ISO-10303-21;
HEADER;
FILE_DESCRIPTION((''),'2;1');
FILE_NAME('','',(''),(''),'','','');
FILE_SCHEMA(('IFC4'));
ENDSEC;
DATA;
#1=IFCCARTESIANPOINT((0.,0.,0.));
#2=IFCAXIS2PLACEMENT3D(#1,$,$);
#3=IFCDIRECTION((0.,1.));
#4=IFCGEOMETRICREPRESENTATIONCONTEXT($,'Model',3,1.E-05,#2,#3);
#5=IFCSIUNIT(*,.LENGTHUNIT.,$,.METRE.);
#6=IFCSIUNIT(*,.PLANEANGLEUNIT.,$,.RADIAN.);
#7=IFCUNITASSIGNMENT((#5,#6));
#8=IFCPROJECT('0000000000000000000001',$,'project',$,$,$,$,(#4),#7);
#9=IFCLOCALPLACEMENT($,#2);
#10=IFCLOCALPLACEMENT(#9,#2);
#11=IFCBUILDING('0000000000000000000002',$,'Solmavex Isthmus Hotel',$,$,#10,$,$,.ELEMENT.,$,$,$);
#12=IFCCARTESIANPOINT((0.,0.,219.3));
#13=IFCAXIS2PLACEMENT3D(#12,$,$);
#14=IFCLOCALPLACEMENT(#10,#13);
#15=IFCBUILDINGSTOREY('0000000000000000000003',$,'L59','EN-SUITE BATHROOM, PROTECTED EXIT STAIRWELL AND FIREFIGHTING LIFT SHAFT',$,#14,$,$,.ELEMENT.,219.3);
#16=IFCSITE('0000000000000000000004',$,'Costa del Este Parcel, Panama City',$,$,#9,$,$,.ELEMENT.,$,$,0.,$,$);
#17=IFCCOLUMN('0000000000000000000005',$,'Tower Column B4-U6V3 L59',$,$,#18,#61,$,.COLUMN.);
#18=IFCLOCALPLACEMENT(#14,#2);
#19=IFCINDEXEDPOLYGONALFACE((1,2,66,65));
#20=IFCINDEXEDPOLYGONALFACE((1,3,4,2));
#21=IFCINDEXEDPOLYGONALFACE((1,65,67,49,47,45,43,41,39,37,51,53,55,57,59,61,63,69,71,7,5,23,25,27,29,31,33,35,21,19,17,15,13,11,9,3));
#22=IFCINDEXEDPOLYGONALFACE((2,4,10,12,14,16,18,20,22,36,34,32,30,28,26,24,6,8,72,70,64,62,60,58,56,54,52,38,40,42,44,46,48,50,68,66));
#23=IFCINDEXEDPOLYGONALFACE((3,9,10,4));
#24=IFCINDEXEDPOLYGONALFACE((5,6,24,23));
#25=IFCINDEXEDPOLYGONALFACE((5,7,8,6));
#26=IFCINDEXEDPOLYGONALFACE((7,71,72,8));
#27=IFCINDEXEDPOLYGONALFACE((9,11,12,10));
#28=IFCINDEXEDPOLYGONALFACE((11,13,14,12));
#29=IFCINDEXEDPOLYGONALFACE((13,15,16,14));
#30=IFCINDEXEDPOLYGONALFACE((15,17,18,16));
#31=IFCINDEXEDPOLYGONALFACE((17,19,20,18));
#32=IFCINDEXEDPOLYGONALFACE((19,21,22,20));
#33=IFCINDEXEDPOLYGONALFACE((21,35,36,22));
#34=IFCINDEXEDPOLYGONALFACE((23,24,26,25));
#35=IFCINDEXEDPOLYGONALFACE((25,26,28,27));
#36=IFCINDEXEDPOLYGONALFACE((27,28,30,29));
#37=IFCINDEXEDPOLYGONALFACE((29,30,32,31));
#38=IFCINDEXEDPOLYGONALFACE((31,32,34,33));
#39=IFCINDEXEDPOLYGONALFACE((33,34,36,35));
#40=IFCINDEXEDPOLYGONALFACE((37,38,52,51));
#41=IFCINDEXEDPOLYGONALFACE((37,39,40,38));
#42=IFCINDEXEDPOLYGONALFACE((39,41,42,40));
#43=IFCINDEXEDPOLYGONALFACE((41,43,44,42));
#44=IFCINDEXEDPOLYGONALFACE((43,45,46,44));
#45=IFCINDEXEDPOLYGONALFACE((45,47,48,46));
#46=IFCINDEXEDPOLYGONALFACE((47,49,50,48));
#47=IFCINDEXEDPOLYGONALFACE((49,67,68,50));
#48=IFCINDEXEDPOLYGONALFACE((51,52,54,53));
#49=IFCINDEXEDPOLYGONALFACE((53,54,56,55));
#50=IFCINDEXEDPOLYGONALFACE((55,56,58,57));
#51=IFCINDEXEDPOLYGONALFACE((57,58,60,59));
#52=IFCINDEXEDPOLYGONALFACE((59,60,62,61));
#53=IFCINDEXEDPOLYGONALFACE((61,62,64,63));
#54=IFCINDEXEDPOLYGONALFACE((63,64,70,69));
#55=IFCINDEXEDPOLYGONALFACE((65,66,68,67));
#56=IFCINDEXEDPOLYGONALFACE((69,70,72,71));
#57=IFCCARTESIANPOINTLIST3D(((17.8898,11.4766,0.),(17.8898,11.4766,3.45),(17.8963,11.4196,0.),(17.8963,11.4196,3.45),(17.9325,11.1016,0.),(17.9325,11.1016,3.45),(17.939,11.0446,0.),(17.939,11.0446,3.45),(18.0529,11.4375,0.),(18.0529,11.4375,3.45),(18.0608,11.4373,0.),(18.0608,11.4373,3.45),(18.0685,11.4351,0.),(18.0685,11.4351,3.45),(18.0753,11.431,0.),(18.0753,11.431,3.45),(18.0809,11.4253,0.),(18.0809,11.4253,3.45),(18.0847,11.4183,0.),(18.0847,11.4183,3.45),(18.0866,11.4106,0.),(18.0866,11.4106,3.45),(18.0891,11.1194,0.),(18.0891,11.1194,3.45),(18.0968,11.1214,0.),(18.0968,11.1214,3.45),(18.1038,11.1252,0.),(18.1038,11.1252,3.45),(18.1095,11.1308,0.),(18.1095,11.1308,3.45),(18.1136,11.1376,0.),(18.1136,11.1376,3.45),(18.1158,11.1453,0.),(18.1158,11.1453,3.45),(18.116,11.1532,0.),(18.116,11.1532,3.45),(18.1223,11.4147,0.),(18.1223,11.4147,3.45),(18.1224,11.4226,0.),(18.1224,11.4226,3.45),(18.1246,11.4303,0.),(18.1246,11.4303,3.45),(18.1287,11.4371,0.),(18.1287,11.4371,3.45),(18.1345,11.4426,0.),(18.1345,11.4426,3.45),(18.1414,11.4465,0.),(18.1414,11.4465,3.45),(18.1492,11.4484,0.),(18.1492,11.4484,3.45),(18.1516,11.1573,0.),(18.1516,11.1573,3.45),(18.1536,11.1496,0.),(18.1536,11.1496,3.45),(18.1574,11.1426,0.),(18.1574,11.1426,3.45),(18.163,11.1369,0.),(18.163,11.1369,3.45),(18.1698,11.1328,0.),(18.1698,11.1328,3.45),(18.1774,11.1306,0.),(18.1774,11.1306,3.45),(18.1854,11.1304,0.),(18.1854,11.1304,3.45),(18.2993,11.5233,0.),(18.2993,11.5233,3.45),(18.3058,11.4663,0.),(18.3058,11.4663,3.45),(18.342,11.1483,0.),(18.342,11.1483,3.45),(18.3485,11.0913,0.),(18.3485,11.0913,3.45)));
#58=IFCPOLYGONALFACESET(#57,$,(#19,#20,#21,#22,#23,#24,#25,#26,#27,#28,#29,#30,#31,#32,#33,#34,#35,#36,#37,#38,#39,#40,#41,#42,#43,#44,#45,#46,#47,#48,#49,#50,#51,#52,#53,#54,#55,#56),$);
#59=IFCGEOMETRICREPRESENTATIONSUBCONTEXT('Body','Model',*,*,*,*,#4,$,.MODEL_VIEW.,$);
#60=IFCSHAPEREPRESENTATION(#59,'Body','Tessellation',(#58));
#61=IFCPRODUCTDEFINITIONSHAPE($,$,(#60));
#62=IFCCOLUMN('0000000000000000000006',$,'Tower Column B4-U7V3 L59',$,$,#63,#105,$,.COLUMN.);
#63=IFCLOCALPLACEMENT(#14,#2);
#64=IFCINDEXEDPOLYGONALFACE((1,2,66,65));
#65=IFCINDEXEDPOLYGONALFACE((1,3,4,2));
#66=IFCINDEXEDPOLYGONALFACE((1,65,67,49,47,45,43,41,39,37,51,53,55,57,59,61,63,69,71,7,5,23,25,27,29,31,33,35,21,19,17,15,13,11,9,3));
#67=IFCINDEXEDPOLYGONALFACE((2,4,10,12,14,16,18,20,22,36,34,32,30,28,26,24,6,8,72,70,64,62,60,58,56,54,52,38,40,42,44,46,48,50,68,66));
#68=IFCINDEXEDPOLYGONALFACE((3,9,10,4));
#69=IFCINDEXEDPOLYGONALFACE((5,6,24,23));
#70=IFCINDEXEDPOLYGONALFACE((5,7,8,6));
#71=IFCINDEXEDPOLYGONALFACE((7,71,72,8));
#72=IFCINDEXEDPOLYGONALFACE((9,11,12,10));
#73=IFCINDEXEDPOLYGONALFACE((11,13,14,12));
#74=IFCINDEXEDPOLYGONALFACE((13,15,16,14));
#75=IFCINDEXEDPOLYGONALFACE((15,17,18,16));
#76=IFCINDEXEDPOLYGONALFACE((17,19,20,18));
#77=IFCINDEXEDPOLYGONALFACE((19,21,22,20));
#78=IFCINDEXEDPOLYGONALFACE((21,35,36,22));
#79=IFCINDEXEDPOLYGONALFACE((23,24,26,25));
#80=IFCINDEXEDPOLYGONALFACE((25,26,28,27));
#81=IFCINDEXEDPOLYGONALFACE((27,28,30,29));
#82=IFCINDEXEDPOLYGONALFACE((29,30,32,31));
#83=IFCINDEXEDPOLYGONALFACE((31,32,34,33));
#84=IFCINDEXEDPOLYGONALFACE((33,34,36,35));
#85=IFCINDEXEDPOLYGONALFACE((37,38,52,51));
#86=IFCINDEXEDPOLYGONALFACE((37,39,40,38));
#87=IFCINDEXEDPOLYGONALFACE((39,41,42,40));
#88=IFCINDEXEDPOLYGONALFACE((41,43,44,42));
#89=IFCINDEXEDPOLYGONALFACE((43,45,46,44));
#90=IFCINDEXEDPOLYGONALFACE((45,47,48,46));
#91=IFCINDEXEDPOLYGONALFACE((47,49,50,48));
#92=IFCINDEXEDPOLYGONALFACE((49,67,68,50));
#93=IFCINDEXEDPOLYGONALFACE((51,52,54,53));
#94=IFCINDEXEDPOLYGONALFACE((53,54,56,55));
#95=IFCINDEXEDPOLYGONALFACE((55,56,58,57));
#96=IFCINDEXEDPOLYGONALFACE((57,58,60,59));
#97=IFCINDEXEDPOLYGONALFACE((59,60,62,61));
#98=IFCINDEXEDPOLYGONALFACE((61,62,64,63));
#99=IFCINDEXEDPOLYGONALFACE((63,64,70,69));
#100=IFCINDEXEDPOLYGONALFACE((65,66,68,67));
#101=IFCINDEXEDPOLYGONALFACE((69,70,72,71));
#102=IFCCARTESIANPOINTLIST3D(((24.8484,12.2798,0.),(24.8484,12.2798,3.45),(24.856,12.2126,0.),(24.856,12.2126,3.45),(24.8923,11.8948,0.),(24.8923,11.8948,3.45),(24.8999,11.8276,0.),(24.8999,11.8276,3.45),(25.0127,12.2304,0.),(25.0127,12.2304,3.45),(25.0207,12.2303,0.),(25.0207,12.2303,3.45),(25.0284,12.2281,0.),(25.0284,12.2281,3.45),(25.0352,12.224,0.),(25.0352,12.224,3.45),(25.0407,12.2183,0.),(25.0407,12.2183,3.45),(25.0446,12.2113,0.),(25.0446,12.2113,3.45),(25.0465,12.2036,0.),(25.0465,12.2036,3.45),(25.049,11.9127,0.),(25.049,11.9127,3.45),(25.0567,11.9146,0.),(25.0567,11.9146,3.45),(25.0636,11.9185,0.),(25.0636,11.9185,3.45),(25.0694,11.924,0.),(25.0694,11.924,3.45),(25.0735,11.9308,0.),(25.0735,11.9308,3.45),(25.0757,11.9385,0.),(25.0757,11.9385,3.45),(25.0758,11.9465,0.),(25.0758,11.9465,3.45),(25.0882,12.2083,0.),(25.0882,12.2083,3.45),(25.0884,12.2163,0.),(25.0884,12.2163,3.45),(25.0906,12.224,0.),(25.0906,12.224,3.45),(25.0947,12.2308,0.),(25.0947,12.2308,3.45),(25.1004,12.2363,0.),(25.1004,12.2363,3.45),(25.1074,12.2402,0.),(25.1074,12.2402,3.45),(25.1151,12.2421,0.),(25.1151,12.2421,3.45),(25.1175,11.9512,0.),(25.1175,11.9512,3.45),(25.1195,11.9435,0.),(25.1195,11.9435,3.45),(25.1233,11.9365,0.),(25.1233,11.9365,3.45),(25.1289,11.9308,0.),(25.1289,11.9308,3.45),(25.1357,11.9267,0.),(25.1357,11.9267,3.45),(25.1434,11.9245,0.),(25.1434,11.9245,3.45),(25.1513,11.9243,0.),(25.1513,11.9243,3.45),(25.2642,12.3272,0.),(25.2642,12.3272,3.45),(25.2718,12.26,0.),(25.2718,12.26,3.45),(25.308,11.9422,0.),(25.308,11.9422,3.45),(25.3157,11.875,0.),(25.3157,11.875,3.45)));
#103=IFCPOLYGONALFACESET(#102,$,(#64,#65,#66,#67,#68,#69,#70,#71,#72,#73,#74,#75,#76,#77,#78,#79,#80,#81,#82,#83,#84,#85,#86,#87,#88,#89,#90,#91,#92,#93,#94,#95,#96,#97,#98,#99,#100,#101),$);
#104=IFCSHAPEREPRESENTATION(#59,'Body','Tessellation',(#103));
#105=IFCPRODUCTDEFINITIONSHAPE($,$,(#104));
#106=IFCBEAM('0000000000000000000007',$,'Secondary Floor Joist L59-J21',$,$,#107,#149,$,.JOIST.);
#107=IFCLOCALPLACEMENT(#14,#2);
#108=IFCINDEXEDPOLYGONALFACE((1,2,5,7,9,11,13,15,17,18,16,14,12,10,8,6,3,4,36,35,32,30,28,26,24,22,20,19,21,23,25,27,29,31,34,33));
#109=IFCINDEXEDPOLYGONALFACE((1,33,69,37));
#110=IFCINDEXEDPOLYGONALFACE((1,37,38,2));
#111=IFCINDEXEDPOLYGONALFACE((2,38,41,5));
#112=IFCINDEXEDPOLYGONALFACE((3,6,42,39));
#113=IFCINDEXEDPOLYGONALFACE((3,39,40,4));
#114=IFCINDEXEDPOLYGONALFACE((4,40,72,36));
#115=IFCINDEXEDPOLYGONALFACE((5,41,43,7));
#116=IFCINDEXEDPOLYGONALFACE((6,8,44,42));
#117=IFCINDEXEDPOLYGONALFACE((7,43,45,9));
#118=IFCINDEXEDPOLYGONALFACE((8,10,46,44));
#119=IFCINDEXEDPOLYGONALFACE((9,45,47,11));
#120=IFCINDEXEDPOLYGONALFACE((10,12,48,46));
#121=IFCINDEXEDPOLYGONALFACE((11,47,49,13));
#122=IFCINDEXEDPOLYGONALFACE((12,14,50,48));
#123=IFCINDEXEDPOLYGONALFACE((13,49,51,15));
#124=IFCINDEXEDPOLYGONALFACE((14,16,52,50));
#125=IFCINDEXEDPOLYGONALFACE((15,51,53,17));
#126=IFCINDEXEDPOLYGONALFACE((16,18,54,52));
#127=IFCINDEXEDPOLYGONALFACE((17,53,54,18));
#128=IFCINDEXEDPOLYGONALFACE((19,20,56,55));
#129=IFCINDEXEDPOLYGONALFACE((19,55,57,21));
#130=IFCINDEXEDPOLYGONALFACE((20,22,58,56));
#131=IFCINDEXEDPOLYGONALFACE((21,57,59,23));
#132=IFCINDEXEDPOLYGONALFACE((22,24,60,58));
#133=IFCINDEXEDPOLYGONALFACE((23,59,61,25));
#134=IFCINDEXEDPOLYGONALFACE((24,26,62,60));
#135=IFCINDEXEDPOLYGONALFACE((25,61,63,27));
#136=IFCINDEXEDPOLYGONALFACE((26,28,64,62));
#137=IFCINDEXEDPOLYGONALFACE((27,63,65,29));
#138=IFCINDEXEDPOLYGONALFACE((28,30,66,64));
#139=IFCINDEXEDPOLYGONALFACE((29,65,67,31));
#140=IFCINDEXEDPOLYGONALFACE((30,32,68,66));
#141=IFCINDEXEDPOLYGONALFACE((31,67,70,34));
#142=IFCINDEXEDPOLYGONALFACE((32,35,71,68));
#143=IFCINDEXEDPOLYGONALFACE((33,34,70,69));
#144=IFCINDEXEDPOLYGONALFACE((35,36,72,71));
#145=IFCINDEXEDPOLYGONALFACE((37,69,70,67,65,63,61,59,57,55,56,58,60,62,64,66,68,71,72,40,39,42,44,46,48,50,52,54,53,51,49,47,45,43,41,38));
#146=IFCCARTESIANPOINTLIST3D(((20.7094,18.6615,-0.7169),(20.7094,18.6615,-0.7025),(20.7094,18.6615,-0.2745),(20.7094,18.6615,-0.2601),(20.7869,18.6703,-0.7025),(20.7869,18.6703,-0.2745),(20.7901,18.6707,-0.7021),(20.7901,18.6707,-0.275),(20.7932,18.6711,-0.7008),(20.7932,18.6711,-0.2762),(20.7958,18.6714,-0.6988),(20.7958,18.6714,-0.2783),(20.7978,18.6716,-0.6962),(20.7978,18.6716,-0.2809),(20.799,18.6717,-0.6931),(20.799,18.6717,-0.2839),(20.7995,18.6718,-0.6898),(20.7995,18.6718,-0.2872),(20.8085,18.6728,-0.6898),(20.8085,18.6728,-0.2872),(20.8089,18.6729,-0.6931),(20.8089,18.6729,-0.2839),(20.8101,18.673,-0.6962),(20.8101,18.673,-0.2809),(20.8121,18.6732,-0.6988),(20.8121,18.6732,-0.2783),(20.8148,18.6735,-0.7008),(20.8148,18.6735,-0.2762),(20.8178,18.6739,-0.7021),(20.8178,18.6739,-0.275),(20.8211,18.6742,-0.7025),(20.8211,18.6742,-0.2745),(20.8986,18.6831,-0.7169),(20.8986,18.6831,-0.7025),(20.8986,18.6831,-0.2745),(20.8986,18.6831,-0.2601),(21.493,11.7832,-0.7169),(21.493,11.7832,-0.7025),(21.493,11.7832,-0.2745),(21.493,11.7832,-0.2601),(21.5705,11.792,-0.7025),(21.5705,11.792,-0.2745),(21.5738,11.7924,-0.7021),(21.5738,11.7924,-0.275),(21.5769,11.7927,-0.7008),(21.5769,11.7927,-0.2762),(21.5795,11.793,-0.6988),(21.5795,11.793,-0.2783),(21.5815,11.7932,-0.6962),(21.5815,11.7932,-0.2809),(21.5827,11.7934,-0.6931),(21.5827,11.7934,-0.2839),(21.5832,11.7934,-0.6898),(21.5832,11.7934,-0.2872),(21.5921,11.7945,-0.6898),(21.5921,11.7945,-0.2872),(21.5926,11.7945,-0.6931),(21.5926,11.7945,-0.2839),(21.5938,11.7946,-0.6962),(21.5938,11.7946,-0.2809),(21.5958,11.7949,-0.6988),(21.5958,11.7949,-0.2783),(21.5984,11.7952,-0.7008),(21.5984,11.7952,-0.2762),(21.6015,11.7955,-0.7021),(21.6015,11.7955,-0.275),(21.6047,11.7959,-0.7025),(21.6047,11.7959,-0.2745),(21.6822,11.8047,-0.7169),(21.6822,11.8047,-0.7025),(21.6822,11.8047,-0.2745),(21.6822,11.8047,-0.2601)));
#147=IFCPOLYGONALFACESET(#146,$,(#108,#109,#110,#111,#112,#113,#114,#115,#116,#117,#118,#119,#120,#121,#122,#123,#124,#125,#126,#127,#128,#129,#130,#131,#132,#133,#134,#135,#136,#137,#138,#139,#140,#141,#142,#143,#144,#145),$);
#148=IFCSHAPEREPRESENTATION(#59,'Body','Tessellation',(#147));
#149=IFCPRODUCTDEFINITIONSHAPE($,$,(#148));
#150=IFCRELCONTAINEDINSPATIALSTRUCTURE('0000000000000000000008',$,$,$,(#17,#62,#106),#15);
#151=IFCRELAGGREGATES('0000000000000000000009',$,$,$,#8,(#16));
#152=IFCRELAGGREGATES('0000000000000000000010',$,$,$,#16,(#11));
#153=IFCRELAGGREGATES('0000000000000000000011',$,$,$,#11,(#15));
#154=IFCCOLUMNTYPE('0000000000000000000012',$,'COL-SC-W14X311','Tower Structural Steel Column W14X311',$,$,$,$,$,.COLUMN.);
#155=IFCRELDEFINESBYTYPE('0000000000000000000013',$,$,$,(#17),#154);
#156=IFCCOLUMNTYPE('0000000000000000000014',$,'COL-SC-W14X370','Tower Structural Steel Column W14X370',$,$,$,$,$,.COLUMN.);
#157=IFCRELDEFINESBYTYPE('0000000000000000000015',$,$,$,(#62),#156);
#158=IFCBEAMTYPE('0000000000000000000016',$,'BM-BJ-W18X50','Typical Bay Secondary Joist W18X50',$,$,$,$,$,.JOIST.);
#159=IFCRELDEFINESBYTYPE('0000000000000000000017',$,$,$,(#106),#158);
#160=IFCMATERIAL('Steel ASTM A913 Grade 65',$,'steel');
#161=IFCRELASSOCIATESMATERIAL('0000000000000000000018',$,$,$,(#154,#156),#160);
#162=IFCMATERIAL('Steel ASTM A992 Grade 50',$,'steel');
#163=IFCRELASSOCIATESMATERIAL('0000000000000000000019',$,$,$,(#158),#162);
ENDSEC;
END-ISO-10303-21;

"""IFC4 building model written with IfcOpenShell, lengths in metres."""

from ifc_helpers import new_model, si_unit, direction, frame, origin, origin_2d, place, context, subcontext, project, spatial, i_section, extrude, material, material_profile, profile_set, type_object, element, save


model = new_model("IFC4")

# Units and contexts
model_context = context("Model", 3, precision=1e-05, world=origin(), true_north=direction((0.0, 1.0)))
body_context = subcontext(model_context, "Body", "Model", "MODEL_VIEW")
ifc_project = project(units=[si_unit("LENGTHUNIT", "METRE"), si_unit("PLANEANGLEUNIT", "RADIAN")], contexts=[model_context])

# Site, building, storey
site_placement = place(None, origin())
site = spatial("IfcSite", under=ifc_project, at=site_placement, Name="Costa del Este Parcel, Panama City", CompositionType="ELEMENT", RefElevation=0.0)
building_placement = place(site_placement, origin())
building = spatial("IfcBuilding", under=site, at=building_placement, Name="Solmavex Isthmus Hotel", CompositionType="ELEMENT")
storey_placement = place(building_placement, frame((0.0, 0.0, 219.3)))
storey = spatial("IfcBuildingStorey", under=building, at=storey_placement, Name="L59", Description="EN-SUITE BATHROOM, PROTECTED EXIT STAIRWELL AND FIREFIGHTING LIFT SHAFT", CompositionType="ELEMENT", Elevation=219.3)

# Columns
ifc_material_1 = material(Name="Steel ASTM A913 Grade 65", Category="steel")
ifc_material_profile_1 = material_profile(ifc_material_1, i_section(OverallWidth=0.4121, OverallDepth=0.4348, WebThickness=0.0359, FlangeThickness=0.0574, FilletRadius=0.0305, at=origin_2d()), Name="W14X311")
ifc_profile_set_1 = profile_set([ifc_material_profile_1], Name="Steel ASTM A913 Grade 65")
column_type_1 = type_object("IfcColumnType", Name="COL-SC-W14X311", Description="Tower Structural Steel Column W14X311", PredefinedType="COLUMN", material=ifc_profile_set_1)
column_1_placement = place(storey_placement, frame((18.1191, 11.2839, 0.0), z_axis=(0.0, 0.0, 1.0), x_axis=(0.993572, 0.113203, 0.0)))
element("IfcColumn", 1, at=column_1_placement, inside=storey, type_object=column_type_1, Name="Tower Column B4-U6V3 L59", PredefinedType="COLUMN", context=body_context, shape_type="SweptSolid", body=[
    extrude(i_section(OverallWidth=0.4121, OverallDepth=0.4348, WebThickness=0.0359, FlangeThickness=0.0574, FilletRadius=0.0305, at=origin_2d()), origin(), (0.0, 0.0, 1.0), 3.45),
])
ifc_material_profile_2 = material_profile(ifc_material_1, i_section(OverallWidth=0.4185, OverallDepth=0.4551, WebThickness=0.042, FlangeThickness=0.0676, FilletRadius=0.0305, at=origin_2d()), Name="W14X370")
ifc_profile_set_2 = profile_set([ifc_material_profile_2], Name="Steel ASTM A913 Grade 65")
column_type_2 = type_object("IfcColumnType", Name="COL-SC-W14X370", Description="Tower Structural Steel Column W14X370", PredefinedType="COLUMN", material=ifc_profile_set_2)
column_2_placement = place(storey_placement, frame((25.082, 12.0774, 0.0), z_axis=(0.0, 0.0, 1.0), x_axis=(0.993572, 0.113203, 0.0)))
element("IfcColumn", 2, at=column_2_placement, inside=storey, type_object=column_type_2, Name="Tower Column B4-U7V3 L59", PredefinedType="COLUMN", context=body_context, shape_type="SweptSolid", body=[
    extrude(i_section(OverallWidth=0.4185, OverallDepth=0.4551, WebThickness=0.042, FlangeThickness=0.0676, FilletRadius=0.0305, at=origin_2d()), origin(), (0.0, 0.0, 1.0), 3.45),
])

# Beam
ifc_material_2 = material(Name="Steel ASTM A992 Grade 50", Category="steel")
ifc_material_profile_3 = material_profile(ifc_material_2, i_section(OverallWidth=0.1904, OverallDepth=0.4568, WebThickness=0.009, FlangeThickness=0.0144, FilletRadius=0.0127, at=origin_2d()), Name="W18X50")
ifc_profile_set_3 = profile_set([ifc_material_profile_3], Name="Steel ASTM A992 Grade 50")
beam_type_1 = type_object("IfcBeamType", Name="BM-BJ-W18X50", Description="Typical Bay Secondary Joist W18X50", PredefinedType="JOIST", material=ifc_profile_set_3)
beam_1_placement = place(storey_placement, frame((21.5876, 11.7939, -0.4885), z_axis=(-0.113202, 0.993572, 0.0), x_axis=(-0.993572, -0.113202, 0.0)))
element("IfcBeam", 3, at=beam_1_placement, inside=storey, type_object=beam_type_1, Name="Secondary Floor Joist L59-J21", PredefinedType="JOIST", context=body_context, shape_type="SweptSolid", body=[
    extrude(i_section(OverallWidth=0.1904, OverallDepth=0.4568, WebThickness=0.009, FlangeThickness=0.0144, FilletRadius=0.0127, at=origin_2d()), origin(), (0.0, 0.0, 1.0), 6.9229),
])

save(model, "model.ifc")
